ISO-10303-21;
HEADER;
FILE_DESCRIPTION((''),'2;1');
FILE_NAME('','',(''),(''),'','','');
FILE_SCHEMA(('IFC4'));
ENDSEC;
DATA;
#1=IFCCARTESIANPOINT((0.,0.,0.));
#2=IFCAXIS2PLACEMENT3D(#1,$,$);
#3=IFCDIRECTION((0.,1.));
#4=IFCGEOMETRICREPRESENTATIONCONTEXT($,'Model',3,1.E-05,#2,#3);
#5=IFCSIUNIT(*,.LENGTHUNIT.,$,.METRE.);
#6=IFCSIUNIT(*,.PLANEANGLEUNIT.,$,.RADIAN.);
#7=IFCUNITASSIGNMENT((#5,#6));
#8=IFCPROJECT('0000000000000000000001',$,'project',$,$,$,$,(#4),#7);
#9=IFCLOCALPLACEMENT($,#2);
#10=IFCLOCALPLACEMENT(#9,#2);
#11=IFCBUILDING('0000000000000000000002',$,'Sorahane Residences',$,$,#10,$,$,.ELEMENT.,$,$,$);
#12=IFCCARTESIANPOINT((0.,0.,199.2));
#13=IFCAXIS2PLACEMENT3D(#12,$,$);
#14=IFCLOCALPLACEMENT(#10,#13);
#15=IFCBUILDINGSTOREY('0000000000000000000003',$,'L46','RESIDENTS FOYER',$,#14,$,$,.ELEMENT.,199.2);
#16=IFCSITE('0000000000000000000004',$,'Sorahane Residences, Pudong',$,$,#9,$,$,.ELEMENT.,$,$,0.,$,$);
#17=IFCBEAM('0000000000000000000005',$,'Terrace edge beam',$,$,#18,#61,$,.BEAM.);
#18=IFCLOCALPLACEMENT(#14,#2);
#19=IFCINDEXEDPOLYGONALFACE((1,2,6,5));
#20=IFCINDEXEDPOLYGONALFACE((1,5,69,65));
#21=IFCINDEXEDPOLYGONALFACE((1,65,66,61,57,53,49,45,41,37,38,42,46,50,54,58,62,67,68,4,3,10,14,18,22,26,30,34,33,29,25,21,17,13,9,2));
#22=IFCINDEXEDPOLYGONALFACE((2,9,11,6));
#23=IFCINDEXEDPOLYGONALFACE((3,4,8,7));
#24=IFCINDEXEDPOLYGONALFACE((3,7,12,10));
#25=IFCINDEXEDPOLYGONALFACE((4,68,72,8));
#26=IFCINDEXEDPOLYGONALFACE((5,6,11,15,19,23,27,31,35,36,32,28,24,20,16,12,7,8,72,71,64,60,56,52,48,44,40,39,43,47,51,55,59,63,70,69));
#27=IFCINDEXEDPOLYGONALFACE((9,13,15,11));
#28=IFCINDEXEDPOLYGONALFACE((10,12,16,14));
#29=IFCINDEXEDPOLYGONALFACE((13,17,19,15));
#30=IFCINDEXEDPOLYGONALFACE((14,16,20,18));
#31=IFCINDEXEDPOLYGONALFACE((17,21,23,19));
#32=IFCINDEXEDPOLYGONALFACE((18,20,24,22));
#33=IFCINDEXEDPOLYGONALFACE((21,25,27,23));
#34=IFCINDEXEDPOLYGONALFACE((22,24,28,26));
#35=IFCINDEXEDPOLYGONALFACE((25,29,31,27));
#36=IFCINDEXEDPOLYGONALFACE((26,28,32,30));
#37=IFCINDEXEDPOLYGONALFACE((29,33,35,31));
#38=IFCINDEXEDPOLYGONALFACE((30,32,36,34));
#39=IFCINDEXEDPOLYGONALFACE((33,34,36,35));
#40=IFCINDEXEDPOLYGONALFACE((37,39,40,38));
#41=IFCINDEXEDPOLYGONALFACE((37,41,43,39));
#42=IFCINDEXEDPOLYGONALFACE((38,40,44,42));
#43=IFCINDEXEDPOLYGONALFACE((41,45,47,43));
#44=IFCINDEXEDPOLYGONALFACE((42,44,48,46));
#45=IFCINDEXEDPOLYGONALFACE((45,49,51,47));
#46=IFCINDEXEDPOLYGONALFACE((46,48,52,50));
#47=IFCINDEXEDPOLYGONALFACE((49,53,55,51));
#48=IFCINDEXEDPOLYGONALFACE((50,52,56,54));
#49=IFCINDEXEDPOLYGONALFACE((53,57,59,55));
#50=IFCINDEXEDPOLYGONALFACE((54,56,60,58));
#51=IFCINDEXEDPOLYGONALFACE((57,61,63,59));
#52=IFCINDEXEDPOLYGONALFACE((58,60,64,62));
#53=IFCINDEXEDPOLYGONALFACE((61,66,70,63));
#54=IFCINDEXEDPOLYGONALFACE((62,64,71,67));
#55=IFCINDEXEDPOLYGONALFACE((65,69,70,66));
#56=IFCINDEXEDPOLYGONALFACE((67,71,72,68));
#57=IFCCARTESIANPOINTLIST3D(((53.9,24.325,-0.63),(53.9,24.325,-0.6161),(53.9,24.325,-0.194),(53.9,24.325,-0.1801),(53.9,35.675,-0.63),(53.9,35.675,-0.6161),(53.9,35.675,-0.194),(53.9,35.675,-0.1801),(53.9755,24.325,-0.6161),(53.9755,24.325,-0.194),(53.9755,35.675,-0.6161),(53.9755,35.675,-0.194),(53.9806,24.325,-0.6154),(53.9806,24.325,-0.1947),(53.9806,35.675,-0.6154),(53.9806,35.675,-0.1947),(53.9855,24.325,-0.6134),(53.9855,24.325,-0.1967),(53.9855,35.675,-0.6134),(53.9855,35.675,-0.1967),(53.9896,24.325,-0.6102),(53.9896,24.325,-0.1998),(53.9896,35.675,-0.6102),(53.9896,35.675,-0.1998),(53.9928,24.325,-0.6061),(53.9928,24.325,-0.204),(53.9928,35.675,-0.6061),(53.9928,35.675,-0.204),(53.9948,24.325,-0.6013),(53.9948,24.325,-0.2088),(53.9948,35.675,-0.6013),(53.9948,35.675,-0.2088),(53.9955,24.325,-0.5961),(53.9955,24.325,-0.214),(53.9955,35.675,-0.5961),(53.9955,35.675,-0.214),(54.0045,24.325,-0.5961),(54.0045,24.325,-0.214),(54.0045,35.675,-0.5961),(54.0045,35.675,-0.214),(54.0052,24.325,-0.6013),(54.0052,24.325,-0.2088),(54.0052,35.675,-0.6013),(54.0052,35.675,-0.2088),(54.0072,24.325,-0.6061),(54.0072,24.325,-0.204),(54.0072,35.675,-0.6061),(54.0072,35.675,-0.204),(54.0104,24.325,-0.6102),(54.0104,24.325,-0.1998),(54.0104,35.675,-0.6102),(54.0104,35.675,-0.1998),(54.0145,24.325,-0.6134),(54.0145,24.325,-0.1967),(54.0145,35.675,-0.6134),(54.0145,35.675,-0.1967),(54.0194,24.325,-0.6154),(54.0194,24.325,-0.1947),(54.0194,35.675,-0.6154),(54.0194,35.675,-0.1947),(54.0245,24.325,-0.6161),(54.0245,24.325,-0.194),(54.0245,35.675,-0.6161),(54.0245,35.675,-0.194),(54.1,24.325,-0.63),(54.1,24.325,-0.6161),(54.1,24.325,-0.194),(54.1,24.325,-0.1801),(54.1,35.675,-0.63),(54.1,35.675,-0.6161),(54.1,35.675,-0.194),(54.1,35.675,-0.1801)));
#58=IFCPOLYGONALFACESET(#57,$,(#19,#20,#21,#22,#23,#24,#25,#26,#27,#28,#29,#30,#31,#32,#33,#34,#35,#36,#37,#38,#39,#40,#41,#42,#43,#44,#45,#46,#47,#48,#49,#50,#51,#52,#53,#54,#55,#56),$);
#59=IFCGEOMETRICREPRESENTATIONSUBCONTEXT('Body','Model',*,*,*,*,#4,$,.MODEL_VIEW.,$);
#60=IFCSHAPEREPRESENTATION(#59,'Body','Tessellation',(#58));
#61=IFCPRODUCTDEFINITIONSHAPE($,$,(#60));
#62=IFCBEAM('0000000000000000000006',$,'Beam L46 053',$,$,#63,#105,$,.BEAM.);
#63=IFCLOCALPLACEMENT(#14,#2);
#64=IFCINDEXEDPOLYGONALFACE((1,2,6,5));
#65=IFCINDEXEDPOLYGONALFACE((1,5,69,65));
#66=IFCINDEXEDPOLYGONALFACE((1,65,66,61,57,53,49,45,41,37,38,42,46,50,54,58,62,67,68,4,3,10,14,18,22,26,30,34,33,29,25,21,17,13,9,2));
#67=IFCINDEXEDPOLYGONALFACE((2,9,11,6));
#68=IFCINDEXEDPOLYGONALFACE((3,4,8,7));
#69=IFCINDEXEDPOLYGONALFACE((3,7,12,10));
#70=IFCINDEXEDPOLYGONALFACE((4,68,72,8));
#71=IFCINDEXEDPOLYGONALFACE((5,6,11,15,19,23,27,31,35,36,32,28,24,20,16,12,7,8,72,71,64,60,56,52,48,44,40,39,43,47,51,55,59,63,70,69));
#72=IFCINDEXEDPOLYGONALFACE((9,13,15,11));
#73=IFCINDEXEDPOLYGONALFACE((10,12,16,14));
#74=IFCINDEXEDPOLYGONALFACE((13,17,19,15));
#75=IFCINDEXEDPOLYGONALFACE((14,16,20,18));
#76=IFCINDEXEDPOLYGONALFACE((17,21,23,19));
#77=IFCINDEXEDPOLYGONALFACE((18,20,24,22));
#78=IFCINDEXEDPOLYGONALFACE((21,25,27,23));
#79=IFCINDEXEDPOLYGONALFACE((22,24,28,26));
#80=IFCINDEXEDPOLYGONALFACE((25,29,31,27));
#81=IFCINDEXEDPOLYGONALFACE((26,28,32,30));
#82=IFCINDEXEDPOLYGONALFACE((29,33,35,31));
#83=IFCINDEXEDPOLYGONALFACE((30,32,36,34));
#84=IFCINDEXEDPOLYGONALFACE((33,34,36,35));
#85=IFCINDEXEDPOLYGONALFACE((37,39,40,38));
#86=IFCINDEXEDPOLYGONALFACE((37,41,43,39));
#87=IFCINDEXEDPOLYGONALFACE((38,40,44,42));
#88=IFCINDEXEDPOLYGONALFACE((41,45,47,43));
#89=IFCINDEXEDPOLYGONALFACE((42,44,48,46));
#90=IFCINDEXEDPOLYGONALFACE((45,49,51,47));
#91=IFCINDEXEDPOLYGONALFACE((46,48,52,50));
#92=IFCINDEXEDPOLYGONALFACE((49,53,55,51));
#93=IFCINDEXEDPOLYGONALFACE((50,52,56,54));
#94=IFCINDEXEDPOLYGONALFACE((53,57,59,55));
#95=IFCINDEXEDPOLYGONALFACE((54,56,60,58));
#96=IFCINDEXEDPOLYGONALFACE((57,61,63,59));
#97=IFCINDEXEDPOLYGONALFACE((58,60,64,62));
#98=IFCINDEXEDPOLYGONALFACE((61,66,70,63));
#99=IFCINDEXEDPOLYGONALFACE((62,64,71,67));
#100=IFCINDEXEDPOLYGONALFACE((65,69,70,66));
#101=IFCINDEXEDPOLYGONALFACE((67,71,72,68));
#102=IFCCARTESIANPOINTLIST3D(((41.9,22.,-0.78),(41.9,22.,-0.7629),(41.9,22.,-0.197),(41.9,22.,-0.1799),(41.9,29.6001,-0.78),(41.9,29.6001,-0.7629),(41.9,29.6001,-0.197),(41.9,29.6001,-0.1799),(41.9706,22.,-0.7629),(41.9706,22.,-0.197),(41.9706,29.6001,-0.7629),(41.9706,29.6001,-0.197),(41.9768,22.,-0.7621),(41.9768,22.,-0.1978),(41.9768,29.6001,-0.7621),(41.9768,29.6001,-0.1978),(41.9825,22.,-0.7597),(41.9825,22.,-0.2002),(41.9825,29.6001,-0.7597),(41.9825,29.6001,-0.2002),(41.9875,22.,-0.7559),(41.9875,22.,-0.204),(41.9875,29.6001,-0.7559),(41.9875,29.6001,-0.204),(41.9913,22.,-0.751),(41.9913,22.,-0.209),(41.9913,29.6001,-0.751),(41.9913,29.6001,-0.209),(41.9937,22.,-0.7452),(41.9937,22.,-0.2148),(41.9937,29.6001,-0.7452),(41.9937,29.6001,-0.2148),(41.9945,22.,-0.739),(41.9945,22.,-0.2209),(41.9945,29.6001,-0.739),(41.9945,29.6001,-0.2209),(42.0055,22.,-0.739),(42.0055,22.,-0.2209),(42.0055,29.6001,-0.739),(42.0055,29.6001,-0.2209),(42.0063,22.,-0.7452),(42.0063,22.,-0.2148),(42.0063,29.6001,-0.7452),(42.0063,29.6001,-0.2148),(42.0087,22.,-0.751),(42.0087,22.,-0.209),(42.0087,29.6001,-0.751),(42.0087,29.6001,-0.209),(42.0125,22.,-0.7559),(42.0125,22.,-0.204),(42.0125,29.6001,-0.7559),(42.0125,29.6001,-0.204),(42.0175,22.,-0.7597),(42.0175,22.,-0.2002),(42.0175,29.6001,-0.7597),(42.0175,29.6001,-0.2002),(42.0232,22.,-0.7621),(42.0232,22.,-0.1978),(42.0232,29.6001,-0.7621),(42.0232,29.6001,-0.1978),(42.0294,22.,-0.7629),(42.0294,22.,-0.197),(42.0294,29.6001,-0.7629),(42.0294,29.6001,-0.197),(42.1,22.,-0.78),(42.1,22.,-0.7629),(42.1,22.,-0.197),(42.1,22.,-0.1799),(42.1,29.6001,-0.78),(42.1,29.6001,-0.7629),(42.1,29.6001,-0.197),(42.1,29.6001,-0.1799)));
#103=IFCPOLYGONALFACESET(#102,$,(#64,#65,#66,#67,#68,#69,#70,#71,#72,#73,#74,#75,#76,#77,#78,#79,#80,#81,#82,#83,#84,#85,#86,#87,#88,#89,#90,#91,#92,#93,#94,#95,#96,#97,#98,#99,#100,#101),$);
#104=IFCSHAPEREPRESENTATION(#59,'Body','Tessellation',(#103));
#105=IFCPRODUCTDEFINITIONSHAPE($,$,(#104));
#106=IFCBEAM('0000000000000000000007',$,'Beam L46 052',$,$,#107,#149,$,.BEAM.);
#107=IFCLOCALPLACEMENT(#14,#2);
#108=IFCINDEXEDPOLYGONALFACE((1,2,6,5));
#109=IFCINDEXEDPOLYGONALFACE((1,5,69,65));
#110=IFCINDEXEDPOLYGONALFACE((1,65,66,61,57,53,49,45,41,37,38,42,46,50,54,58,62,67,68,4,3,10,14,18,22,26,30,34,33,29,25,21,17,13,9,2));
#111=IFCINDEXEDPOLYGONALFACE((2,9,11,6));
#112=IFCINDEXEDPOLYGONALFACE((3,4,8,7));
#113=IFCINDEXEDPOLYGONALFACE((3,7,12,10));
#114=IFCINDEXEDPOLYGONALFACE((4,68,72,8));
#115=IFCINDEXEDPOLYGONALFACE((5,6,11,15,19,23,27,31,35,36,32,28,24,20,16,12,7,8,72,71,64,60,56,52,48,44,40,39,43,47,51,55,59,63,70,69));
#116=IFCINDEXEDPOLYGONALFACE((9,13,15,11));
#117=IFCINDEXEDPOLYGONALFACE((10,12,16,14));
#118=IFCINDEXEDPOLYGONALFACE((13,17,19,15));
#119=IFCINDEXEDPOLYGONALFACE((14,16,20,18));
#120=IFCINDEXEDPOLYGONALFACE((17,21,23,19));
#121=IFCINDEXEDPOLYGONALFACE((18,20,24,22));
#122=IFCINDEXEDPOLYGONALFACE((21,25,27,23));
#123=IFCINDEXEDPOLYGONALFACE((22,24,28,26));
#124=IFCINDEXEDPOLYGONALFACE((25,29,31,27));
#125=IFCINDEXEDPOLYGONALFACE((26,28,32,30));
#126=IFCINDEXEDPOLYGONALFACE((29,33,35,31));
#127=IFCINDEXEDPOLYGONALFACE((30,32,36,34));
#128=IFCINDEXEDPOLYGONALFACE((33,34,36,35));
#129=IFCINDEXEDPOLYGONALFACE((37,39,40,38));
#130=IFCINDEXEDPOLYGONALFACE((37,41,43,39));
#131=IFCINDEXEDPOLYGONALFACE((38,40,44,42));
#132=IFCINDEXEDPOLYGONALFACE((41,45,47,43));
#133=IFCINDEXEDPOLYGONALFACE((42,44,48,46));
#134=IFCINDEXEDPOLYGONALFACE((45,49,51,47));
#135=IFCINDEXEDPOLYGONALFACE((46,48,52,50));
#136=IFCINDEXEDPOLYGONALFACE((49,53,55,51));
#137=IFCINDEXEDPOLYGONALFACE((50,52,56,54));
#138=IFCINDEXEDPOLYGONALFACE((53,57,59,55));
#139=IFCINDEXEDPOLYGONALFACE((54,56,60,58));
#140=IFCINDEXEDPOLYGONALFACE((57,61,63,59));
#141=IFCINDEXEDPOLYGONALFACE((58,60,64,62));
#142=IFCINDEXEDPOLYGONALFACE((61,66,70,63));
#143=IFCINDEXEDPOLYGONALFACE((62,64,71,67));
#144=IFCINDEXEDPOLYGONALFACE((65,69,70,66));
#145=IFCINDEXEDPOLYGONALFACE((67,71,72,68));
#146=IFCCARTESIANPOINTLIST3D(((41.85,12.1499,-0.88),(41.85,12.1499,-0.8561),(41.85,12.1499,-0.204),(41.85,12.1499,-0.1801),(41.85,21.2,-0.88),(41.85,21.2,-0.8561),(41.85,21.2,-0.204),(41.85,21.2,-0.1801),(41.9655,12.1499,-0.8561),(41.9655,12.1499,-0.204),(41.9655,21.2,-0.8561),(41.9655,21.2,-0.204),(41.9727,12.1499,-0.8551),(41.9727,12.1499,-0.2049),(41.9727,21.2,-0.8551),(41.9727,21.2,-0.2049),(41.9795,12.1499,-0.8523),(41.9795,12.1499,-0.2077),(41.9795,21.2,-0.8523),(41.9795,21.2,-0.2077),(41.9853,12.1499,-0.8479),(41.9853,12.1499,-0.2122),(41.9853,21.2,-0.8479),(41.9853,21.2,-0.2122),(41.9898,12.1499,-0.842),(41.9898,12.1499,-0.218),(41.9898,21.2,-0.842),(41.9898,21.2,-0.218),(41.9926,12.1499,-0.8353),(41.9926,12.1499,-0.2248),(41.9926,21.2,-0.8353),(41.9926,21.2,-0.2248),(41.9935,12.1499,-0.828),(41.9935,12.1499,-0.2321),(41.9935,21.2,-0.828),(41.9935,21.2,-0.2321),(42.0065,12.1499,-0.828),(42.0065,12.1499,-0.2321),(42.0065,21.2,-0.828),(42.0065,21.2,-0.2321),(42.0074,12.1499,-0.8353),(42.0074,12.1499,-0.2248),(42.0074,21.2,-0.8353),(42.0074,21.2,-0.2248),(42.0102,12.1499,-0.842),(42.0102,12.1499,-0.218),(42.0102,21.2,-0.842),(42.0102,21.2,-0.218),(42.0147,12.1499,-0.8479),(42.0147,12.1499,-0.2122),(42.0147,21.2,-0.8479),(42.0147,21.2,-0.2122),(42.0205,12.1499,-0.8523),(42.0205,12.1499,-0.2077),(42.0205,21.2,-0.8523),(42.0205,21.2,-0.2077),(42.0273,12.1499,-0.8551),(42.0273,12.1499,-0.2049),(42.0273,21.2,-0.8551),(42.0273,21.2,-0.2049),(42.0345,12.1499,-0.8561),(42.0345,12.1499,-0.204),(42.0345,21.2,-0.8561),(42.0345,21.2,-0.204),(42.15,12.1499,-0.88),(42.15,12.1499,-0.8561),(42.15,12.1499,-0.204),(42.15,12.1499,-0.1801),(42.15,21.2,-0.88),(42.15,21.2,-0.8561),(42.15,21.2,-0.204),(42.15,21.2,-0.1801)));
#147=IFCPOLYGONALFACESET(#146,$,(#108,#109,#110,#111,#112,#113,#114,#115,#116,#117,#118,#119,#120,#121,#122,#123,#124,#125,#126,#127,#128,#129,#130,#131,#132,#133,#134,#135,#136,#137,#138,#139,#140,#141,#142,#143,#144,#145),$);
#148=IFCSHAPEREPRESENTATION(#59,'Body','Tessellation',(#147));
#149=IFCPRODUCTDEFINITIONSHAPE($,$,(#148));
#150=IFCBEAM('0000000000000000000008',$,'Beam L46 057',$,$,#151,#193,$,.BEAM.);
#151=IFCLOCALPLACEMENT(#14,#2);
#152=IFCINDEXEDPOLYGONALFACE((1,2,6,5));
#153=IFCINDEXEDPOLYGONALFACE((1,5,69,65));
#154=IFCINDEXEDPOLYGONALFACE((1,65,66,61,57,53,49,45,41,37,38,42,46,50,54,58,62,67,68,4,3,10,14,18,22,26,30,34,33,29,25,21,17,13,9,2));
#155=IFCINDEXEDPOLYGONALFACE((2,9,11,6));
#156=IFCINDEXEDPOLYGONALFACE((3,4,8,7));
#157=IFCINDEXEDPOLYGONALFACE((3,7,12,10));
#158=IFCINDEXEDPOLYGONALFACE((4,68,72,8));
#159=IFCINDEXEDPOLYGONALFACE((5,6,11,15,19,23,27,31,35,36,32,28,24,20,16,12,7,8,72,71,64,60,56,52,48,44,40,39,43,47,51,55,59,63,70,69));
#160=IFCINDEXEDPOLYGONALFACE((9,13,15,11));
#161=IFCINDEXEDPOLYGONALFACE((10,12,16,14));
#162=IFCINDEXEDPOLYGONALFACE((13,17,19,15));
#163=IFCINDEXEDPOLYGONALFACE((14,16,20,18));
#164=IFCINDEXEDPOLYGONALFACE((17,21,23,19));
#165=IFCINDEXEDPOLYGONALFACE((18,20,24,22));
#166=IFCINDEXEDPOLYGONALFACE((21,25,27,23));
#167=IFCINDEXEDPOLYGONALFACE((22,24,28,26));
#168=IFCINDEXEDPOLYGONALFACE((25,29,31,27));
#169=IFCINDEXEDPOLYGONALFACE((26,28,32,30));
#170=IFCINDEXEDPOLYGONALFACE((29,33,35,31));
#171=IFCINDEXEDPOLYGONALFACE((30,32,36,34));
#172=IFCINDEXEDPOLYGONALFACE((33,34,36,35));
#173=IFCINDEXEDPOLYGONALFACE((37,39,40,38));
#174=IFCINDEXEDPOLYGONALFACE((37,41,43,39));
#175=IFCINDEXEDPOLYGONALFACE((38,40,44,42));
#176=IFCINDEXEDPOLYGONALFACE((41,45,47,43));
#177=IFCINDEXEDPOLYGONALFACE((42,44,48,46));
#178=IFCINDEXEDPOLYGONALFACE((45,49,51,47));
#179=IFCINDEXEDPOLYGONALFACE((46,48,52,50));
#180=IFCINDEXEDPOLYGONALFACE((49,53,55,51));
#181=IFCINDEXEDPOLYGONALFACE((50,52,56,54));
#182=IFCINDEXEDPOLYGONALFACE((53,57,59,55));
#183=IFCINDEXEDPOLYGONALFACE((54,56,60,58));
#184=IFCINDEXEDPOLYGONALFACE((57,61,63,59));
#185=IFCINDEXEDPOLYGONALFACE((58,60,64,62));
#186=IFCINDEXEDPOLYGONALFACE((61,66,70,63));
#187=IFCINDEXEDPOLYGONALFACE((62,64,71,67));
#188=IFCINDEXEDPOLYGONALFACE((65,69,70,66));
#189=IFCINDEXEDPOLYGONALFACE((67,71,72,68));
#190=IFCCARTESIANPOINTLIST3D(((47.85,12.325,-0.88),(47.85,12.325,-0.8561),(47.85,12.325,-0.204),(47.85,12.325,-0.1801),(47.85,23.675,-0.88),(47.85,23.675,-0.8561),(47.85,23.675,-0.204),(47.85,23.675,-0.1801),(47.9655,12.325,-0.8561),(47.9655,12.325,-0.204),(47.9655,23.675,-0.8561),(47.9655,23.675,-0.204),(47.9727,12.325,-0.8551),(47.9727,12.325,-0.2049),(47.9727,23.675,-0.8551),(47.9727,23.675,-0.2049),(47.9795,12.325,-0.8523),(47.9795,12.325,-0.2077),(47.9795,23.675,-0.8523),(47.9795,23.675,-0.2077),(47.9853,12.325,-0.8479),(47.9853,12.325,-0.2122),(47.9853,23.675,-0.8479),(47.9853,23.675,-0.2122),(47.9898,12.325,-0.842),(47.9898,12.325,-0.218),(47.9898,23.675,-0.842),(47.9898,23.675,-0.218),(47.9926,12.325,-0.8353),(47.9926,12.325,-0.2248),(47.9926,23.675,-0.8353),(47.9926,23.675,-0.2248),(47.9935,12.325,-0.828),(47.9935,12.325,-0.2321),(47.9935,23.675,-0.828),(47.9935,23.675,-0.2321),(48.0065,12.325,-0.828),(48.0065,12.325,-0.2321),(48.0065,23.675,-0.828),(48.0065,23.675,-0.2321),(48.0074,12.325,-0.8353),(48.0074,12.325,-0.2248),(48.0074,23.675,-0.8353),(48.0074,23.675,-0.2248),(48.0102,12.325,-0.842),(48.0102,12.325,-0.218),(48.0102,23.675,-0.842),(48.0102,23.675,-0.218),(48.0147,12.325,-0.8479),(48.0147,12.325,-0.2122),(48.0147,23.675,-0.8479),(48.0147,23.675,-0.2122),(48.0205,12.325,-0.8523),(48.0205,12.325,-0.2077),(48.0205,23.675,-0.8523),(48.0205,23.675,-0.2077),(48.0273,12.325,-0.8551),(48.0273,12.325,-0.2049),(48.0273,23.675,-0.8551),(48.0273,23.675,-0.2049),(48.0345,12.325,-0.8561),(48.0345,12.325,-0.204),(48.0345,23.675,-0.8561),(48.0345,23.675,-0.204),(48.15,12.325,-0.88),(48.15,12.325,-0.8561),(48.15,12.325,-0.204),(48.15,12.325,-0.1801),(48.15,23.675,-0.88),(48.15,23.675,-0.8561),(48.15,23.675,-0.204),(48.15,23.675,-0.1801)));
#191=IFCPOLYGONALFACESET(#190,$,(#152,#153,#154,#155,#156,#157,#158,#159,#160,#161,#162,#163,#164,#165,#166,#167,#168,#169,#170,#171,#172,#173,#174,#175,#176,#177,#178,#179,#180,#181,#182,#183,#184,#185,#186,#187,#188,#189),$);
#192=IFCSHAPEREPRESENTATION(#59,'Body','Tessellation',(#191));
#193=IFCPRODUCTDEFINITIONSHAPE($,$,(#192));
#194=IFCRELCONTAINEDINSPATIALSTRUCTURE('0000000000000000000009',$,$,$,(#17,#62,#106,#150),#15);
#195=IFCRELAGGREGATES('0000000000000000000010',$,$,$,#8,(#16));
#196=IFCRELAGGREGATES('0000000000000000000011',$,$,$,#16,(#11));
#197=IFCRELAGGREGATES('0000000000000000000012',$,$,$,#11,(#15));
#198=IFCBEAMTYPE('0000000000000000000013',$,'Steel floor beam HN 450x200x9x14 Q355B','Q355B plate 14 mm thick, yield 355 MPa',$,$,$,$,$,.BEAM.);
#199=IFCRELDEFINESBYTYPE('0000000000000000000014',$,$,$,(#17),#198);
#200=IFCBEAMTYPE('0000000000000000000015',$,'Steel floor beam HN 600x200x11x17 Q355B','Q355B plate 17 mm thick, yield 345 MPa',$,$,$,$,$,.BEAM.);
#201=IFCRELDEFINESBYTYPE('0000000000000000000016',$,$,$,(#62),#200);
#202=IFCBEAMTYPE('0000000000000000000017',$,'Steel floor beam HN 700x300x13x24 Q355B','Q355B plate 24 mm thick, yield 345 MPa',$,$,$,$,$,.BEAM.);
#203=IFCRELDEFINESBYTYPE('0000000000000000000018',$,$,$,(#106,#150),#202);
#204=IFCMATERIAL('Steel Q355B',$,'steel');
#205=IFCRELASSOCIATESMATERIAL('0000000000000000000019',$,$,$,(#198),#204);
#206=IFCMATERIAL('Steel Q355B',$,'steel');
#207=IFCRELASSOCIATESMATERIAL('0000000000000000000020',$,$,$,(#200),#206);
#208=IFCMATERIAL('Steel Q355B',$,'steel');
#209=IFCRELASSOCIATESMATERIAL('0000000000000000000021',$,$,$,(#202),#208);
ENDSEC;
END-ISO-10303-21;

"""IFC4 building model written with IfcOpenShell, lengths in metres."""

from ifc_helpers import new_model, si_unit, direction, frame, origin, origin_2d, place, context, subcontext, project, spatial, i_section, extrude, material, material_profile, profile_set, type_object, element, save


model = new_model("IFC4")

# Units and contexts
model_context = context("Model", 3, precision=1e-05, world=origin(), true_north=direction((0.0, 1.0)))
body_context = subcontext(model_context, "Body", "Model", "MODEL_VIEW")
ifc_project = project(units=[si_unit("LENGTHUNIT", "METRE"), si_unit("PLANEANGLEUNIT", "RADIAN")], contexts=[model_context])

# Site, building, storey
site_placement = place(None, origin())
site = spatial("IfcSite", under=ifc_project, at=site_placement, Name="Sorahane Residences, Pudong", CompositionType="ELEMENT", RefElevation=0.0)
building_placement = place(site_placement, origin())
building = spatial("IfcBuilding", under=site, at=building_placement, Name="Sorahane Residences", CompositionType="ELEMENT")
storey_placement = place(building_placement, frame((0.0, 0.0, 199.2)))
storey = spatial("IfcBuildingStorey", under=building, at=storey_placement, Name="L46", Description="RESIDENTS FOYER", CompositionType="ELEMENT", Elevation=199.2)

# Beams
ifc_material_1 = material(Name="Steel Q355B", Category="steel")
ifc_material_profile_1 = material_profile(ifc_material_1, i_section(OverallWidth=0.2, OverallDepth=0.45, WebThickness=0.009, FlangeThickness=0.0139, FilletRadius=0.02, at=origin_2d()), Name="HN 450x200x9x14")
ifc_profile_set_1 = profile_set([ifc_material_profile_1], Name="Steel Q355B")
beam_type_1 = type_object("IfcBeamType", Name="Steel floor beam HN 450x200x9x14 Q355B", Description="Q355B plate 14 mm thick, yield 355 MPa", PredefinedType="BEAM", material=ifc_profile_set_1)
beam_1_placement = place(storey_placement, frame((54.0, 24.325, -0.405), z_axis=(0.0, 1.0, 0.0), x_axis=(-1.0, 0.0, 0.0)))
element("IfcBeam", 1, at=beam_1_placement, inside=storey, type_object=beam_type_1, Name="Terrace edge beam", PredefinedType="BEAM", context=body_context, shape_type="SweptSolid", body=[
    extrude(i_section(OverallWidth=0.2, OverallDepth=0.45, WebThickness=0.009, FlangeThickness=0.0139, FilletRadius=0.02, at=origin_2d()), origin(), (0.0, 0.0, 1.0), 11.3501),
])
ifc_material_2 = material(Name="Steel Q355B", Category="steel")
ifc_material_profile_2 = material_profile(ifc_material_2, i_section(OverallWidth=0.2, OverallDepth=0.6001, WebThickness=0.011, FlangeThickness=0.0171, FilletRadius=0.0239, at=origin_2d()), Name="HN 600x200x11x17")
ifc_profile_set_2 = profile_set([ifc_material_profile_2], Name="Steel Q355B")
beam_type_2 = type_object("IfcBeamType", Name="Steel floor beam HN 600x200x11x17 Q355B", Description="Q355B plate 17 mm thick, yield 345 MPa", PredefinedType="BEAM", material=ifc_profile_set_2)
beam_2_placement = place(storey_placement, frame((42.0, 22.0, -0.48), z_axis=(0.0, 1.0, 0.0), x_axis=(-1.0, 0.0, 0.0)))
element("IfcBeam", 2, at=beam_2_placement, inside=storey, type_object=beam_type_2, Name="Beam L46 053", PredefinedType="BEAM", context=body_context, shape_type="SweptSolid", body=[
    extrude(i_section(OverallWidth=0.2, OverallDepth=0.6001, WebThickness=0.011, FlangeThickness=0.0171, FilletRadius=0.0239, at=origin_2d()), origin(), (0.0, 0.0, 1.0), 7.6001),
])
ifc_material_3 = material(Name="Steel Q355B", Category="steel")
ifc_material_profile_3 = material_profile(ifc_material_3, i_section(OverallWidth=0.3, OverallDepth=0.7, WebThickness=0.0129, FlangeThickness=0.0239, FilletRadius=0.0281, at=origin_2d()), Name="HN 700x300x13x24")
ifc_profile_set_3 = profile_set([ifc_material_profile_3], Name="Steel Q355B")
beam_type_3 = type_object("IfcBeamType", Name="Steel floor beam HN 700x300x13x24 Q355B", Description="Q355B plate 24 mm thick, yield 345 MPa", PredefinedType="BEAM", material=ifc_profile_set_3)
beam_3_placement = place(storey_placement, frame((42.0, 12.1499, -0.53), z_axis=(0.0, 1.0, 0.0), x_axis=(-1.0, 0.0, 0.0)))
element("IfcBeam", 3, at=beam_3_placement, inside=storey, type_object=beam_type_3, Name="Beam L46 052", PredefinedType="BEAM", context=body_context, shape_type="SweptSolid", body=[
    extrude(i_section(OverallWidth=0.3, OverallDepth=0.7, WebThickness=0.0129, FlangeThickness=0.0239, FilletRadius=0.0281, at=origin_2d()), origin(), (0.0, 0.0, 1.0), 9.05),
])
beam_4_placement = place(storey_placement, frame((48.0, 12.325, -0.53), z_axis=(0.0, 1.0, 0.0), x_axis=(-1.0, 0.0, 0.0)))
element("IfcBeam", 4, at=beam_4_placement, inside=storey, type_object=beam_type_3, Name="Beam L46 057", PredefinedType="BEAM", context=body_context, shape_type="SweptSolid", body=[
    extrude(i_section(OverallWidth=0.3, OverallDepth=0.7, WebThickness=0.0129, FlangeThickness=0.0239, FilletRadius=0.0281, at=origin_2d()), origin(), (0.0, 0.0, 1.0), 11.3501),
])

save(model, "model.ifc")
